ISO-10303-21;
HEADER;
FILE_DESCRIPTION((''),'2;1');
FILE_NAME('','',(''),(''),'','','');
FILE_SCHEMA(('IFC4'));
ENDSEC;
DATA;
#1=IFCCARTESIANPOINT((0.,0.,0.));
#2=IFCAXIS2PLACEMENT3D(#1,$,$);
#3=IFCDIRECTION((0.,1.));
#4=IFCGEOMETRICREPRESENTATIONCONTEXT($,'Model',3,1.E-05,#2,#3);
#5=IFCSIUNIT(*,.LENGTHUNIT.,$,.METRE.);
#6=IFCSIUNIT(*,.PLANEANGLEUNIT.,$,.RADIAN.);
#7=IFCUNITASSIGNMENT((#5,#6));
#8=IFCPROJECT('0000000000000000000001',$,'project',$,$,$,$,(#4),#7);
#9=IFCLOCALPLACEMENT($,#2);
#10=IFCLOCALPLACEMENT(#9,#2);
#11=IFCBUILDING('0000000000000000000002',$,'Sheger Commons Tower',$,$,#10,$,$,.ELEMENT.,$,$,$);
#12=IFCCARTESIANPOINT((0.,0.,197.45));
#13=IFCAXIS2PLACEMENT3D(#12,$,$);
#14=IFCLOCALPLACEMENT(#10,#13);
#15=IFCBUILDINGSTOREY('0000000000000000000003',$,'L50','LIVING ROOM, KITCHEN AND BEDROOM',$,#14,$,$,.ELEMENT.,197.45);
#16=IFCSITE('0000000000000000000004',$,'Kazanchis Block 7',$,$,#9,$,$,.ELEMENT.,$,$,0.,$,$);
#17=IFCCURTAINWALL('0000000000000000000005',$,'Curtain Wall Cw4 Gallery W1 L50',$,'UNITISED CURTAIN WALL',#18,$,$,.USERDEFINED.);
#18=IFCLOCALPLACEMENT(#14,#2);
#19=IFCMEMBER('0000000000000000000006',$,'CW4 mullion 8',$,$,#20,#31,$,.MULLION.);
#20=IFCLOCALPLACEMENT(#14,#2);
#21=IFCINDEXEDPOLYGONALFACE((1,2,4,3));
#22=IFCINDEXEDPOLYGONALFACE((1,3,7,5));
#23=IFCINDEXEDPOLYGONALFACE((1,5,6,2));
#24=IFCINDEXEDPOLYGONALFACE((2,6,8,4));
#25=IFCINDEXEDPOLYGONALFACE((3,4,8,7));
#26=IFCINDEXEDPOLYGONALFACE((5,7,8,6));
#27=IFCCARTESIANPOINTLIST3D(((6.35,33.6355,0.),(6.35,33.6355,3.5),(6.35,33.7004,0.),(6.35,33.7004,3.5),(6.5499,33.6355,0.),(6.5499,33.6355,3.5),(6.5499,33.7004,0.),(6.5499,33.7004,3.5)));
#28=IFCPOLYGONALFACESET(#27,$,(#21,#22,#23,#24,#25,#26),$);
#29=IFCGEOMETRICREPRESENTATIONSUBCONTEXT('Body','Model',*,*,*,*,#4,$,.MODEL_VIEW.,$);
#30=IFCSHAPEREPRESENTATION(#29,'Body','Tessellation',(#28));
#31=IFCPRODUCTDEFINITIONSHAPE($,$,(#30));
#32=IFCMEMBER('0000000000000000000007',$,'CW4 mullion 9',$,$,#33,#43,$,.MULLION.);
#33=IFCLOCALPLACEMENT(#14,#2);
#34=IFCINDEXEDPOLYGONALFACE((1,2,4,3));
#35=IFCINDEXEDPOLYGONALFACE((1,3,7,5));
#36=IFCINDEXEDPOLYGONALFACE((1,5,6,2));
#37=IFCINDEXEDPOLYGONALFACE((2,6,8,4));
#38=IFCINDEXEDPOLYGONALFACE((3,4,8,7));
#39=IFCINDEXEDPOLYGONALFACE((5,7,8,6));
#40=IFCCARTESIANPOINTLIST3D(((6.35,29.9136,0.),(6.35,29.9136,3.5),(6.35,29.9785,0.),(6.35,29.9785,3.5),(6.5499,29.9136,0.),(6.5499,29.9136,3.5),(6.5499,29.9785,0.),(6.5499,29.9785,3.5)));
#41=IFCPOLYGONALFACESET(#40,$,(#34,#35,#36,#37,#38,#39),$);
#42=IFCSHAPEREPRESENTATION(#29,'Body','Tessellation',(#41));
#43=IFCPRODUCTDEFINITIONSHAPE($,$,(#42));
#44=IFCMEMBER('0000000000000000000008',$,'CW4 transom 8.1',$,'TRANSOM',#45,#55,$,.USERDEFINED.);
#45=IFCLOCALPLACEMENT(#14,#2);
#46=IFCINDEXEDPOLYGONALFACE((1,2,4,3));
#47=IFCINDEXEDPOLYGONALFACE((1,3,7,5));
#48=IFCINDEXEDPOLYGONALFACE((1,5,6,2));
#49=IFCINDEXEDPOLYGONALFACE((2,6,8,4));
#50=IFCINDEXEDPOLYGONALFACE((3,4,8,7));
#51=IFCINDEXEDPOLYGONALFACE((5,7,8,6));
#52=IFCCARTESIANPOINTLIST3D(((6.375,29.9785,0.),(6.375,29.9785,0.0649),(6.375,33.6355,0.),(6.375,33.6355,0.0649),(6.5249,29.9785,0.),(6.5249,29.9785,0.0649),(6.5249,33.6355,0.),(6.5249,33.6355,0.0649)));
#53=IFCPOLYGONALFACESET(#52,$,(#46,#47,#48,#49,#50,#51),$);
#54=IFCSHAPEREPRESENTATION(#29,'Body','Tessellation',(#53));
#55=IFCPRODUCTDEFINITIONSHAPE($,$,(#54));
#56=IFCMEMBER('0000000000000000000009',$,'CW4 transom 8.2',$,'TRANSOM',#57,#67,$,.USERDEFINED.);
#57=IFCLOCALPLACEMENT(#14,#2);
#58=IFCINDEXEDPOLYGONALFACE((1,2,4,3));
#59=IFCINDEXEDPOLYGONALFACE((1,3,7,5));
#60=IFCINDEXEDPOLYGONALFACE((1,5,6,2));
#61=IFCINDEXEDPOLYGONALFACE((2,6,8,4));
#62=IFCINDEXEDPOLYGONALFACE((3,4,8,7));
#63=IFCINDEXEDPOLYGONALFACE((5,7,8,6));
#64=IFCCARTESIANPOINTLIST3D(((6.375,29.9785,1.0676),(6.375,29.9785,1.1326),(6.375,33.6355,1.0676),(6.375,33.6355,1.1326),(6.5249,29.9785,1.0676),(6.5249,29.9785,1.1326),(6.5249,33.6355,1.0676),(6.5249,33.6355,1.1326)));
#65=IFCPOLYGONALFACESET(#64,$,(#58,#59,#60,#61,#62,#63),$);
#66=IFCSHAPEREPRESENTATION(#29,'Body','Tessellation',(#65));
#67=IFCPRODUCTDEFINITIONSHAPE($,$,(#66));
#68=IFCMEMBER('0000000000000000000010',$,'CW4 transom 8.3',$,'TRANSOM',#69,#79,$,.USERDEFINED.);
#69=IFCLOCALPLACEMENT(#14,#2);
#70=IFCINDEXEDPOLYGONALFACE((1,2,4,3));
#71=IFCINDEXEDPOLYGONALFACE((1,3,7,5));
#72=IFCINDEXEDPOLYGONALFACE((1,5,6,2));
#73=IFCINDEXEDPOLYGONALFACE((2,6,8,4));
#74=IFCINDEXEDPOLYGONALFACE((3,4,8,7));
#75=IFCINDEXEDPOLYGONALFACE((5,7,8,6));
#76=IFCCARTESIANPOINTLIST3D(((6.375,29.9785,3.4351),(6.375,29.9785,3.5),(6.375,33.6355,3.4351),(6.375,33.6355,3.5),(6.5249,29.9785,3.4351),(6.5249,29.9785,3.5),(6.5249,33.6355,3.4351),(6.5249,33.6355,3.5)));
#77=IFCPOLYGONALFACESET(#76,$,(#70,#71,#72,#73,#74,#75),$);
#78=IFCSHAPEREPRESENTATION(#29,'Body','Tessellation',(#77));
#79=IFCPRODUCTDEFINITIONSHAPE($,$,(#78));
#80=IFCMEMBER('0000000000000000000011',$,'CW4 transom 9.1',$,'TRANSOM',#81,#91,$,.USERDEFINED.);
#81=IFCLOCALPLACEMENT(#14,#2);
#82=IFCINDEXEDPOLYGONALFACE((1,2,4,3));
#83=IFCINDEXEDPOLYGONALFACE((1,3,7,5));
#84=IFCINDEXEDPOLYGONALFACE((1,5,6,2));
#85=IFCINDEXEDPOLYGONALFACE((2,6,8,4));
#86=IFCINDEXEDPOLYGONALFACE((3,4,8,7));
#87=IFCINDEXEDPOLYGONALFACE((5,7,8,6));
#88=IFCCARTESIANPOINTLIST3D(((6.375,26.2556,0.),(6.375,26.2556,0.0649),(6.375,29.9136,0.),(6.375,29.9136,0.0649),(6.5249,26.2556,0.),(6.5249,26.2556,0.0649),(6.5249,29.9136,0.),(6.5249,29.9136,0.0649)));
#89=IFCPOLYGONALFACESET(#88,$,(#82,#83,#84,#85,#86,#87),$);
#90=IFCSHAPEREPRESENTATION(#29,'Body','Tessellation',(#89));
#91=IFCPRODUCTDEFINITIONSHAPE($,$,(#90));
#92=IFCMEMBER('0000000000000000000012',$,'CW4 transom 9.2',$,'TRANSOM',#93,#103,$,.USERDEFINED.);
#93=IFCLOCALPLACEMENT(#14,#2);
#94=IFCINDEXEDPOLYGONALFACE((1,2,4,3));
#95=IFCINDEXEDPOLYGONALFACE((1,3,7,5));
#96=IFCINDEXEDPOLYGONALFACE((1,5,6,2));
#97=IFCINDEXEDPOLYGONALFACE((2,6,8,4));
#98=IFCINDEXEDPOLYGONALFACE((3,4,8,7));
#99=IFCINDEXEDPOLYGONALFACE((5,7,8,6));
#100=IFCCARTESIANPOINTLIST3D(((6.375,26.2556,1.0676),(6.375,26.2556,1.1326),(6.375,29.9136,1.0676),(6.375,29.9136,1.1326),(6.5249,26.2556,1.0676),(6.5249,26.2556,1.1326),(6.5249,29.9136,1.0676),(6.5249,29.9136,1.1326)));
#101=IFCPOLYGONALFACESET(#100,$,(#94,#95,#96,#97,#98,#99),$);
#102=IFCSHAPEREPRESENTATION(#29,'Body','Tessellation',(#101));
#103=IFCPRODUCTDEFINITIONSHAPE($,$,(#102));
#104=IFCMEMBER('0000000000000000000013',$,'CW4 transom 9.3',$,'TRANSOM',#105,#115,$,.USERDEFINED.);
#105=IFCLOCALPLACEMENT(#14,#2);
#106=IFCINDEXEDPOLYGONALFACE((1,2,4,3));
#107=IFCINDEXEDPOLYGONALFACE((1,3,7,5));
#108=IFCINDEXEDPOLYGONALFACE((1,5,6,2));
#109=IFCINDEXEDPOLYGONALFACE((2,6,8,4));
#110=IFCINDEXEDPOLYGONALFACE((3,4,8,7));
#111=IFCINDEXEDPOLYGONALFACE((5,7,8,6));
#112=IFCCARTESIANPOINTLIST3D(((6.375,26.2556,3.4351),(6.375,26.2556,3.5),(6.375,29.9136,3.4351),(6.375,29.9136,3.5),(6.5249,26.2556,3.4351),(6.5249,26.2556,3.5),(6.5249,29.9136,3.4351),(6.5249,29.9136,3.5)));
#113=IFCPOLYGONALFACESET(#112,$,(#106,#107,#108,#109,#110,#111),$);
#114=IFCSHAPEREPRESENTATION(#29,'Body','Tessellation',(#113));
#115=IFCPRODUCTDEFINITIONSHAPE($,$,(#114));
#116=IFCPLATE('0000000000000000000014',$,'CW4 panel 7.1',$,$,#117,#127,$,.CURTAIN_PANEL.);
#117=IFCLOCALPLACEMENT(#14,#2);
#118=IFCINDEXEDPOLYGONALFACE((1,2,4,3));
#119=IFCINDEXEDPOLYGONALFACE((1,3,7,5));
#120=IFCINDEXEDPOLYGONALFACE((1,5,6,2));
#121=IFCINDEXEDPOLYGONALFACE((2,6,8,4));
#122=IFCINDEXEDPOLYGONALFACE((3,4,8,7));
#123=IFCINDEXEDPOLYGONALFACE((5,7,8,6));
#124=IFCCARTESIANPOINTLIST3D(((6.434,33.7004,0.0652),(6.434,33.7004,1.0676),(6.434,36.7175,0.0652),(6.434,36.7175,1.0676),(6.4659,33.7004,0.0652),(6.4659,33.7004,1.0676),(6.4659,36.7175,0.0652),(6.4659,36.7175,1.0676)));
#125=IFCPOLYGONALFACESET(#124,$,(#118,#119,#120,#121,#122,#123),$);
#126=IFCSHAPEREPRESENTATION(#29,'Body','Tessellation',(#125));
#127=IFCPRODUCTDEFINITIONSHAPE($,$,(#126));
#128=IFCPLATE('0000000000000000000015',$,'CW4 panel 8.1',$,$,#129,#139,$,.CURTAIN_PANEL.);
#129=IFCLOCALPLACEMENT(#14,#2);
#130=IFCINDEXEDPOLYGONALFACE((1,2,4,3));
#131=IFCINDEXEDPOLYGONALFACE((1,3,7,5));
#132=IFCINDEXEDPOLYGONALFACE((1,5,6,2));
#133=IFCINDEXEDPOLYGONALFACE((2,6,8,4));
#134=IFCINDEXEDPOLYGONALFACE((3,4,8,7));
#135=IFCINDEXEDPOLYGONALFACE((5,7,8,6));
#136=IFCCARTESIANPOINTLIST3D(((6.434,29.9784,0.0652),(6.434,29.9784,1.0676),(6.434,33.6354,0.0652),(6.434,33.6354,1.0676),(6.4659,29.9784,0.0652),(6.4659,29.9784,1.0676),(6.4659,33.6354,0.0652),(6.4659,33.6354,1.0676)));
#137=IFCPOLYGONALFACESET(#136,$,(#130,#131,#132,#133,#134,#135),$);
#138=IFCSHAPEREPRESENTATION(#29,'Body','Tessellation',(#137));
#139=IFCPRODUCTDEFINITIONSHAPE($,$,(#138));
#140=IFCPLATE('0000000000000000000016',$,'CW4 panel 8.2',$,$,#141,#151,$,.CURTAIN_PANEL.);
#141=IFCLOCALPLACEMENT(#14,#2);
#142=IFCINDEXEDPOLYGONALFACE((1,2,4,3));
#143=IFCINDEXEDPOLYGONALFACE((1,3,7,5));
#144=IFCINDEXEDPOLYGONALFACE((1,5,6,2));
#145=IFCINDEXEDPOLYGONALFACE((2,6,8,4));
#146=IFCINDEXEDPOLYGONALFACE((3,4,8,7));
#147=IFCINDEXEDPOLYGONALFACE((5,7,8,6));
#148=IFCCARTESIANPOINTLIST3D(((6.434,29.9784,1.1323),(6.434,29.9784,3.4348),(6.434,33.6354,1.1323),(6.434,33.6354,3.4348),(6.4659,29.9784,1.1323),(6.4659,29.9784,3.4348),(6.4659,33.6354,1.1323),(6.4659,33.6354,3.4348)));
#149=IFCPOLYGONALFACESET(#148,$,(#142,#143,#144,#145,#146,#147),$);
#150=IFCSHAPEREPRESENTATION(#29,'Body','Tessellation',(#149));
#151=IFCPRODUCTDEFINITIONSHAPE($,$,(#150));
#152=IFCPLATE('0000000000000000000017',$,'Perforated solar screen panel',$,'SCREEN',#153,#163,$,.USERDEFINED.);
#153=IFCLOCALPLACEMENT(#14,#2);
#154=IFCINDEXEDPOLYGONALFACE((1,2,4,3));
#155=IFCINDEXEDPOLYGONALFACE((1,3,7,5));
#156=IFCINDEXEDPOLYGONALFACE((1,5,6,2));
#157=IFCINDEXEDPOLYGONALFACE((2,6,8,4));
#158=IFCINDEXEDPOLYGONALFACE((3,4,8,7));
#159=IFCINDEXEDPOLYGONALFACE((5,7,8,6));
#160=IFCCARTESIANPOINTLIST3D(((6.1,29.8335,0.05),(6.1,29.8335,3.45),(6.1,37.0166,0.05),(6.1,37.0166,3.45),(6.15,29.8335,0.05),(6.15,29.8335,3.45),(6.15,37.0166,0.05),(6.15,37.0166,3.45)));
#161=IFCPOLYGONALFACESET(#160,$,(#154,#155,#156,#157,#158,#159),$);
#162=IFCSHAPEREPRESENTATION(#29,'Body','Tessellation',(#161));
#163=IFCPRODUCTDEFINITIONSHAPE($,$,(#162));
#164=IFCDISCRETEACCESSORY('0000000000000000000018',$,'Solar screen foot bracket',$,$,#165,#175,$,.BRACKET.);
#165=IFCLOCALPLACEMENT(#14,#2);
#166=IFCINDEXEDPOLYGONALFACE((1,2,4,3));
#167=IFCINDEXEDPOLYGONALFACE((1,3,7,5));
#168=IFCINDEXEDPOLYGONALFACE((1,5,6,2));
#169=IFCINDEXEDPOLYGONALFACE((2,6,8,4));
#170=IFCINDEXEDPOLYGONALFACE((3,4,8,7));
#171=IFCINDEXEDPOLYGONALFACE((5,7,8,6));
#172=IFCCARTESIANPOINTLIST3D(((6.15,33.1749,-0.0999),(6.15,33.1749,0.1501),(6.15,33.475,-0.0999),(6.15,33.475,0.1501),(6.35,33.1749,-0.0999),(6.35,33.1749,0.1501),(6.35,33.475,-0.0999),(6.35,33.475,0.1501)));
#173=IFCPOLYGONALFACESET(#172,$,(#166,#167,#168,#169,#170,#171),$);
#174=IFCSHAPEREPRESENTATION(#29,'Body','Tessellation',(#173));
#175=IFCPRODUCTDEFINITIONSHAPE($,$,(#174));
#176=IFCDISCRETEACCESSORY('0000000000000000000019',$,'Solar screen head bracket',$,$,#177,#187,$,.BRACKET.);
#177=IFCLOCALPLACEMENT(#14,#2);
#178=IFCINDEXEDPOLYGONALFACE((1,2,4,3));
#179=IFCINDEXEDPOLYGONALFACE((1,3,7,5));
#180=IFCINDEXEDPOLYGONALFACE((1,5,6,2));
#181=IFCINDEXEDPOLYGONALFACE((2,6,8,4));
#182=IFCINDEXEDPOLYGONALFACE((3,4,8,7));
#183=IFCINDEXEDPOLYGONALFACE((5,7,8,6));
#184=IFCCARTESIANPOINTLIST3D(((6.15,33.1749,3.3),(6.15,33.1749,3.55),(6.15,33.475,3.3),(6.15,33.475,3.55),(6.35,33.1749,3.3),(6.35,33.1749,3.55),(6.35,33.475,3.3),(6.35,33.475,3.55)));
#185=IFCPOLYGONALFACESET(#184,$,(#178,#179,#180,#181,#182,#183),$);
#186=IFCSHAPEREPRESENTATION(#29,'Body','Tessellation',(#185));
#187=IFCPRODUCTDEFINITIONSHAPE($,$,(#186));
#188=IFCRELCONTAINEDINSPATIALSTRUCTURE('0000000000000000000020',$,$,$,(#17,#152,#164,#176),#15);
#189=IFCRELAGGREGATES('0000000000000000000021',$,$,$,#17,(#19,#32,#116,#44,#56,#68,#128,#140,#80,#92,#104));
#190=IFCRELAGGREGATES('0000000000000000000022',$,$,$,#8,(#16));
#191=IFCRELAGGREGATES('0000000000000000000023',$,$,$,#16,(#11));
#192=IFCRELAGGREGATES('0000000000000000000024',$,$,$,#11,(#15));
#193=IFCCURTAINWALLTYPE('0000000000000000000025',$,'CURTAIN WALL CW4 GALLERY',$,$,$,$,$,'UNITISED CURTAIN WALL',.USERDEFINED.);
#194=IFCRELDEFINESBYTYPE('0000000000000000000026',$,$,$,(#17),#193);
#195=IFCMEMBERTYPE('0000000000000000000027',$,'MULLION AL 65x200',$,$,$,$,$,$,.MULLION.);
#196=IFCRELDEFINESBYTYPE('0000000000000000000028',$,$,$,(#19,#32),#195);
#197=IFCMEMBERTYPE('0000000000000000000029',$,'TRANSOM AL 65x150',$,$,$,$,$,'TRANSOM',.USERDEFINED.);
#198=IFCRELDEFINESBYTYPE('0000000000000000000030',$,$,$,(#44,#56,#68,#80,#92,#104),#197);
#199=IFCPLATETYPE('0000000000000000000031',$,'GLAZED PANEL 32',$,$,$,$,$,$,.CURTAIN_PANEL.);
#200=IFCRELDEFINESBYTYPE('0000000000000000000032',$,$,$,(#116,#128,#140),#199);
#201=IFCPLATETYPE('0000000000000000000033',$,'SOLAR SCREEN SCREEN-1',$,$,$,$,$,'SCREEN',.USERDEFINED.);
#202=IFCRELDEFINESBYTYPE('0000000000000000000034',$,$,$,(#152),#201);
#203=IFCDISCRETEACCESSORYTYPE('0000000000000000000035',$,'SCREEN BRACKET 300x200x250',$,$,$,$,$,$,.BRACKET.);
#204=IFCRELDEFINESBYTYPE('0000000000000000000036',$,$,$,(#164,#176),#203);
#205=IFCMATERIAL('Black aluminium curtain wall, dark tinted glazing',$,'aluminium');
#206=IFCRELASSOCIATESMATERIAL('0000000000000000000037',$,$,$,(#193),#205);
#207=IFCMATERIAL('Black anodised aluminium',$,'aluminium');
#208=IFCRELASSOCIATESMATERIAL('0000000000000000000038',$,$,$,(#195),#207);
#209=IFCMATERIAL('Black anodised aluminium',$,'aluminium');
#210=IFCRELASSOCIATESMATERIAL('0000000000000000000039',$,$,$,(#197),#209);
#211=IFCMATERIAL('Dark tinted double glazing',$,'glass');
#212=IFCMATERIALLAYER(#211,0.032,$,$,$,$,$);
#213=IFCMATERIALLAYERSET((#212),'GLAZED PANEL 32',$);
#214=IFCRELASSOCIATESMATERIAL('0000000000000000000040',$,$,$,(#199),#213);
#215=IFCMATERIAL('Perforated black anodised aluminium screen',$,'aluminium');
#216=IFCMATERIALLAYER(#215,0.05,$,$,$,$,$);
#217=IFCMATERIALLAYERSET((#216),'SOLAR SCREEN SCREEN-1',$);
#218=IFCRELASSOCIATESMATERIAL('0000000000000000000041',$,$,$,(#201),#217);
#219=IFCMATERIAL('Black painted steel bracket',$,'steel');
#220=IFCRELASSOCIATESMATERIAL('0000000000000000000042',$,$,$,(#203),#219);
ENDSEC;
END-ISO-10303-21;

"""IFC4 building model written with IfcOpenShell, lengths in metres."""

from ifc_helpers import new_model, si_unit, direction, frame, origin, origin_2d, place, context, subcontext, project, spatial, rectangle, extrude, material, layer, layer_set, material_profile, profile_set, type_object, element, aggregate, save


model = new_model("IFC4")

# Units and contexts
model_context = context("Model", 3, precision=1e-05, world=origin(), true_north=direction((0.0, 1.0)))
body_context = subcontext(model_context, "Body", "Model", "MODEL_VIEW")
ifc_project = project(units=[si_unit("LENGTHUNIT", "METRE"), si_unit("PLANEANGLEUNIT", "RADIAN")], contexts=[model_context])

# Site, building, storey
site_placement = place(None, origin())
site = spatial("IfcSite", under=ifc_project, at=site_placement, Name="Kazanchis Block 7", CompositionType="ELEMENT", RefElevation=0.0)
building_placement = place(site_placement, origin())
building = spatial("IfcBuilding", under=site, at=building_placement, Name="Sheger Commons Tower", CompositionType="ELEMENT")
storey_placement = place(building_placement, frame((0.0, 0.0, 197.45)))
storey = spatial("IfcBuildingStorey", under=building, at=storey_placement, Name="L50", Description="LIVING ROOM, KITCHEN AND BEDROOM", CompositionType="ELEMENT", Elevation=197.45)

# Curtain wall, members, plates
ifc_material_1 = material(Name="Black aluminium curtain wall, dark tinted glazing", Category="aluminium")
curtain_wall_type = type_object("IfcCurtainWallType", Name="CURTAIN WALL CW4 GALLERY", ElementType="UNITISED CURTAIN WALL", PredefinedType="USERDEFINED", material=ifc_material_1)
curtain_wall_placement = place(storey_placement, origin())
curtain_wall = element("IfcCurtainWall", 1, at=curtain_wall_placement, inside=storey, type_object=curtain_wall_type, Name="Curtain Wall Cw4 Gallery W1 L50", ObjectType="UNITISED CURTAIN WALL", PredefinedType="USERDEFINED")
ifc_material_2 = material(Name="Black anodised aluminium", Category="aluminium")
ifc_material_profile_1 = material_profile(ifc_material_2, rectangle(XDim=0.2, YDim=0.0649, at=origin_2d()), Name="AL 65x200")
ifc_profile_set_1 = profile_set([ifc_material_profile_1], Name="Black anodised aluminium")
member_type_1 = type_object("IfcMemberType", Name="MULLION AL 65x200", PredefinedType="MULLION", material=ifc_profile_set_1)
member_1_placement = place(storey_placement, frame((6.45, 33.668, 0.0), z_axis=(0.0, 0.0, 1.0), x_axis=(1.0, 0.0, 0.0)))
member_1 = element("IfcMember", 2, at=member_1_placement, type_object=member_type_1, Name="CW4 mullion 8", PredefinedType="MULLION", context=body_context, shape_type="SweptSolid", body=[
    extrude(rectangle(XDim=0.2, YDim=0.0649, at=origin_2d()), origin(), (0.0, 0.0, 1.0), 3.5),
])
member_2_placement = place(storey_placement, frame((6.45, 29.946, 0.0), z_axis=(0.0, 0.0, 1.0), x_axis=(1.0, 0.0, 0.0)))
member_2 = element("IfcMember", 3, at=member_2_placement, type_object=member_type_1, Name="CW4 mullion 9", PredefinedType="MULLION", context=body_context, shape_type="SweptSolid", body=[
    extrude(rectangle(XDim=0.2, YDim=0.0649, at=origin_2d()), origin(), (0.0, 0.0, 1.0), 3.5),
])
ifc_material_3 = material(Name="Black anodised aluminium", Category="aluminium")
ifc_material_profile_2 = material_profile(ifc_material_3, rectangle(XDim=0.1499, YDim=0.0649, at=origin_2d()), Name="AL 65x150")
ifc_profile_set_2 = profile_set([ifc_material_profile_2], Name="Black anodised aluminium")
member_type_2 = type_object("IfcMemberType", Name="TRANSOM AL 65x150", ElementType="TRANSOM", PredefinedType="USERDEFINED", material=ifc_profile_set_2)
member_3_placement = place(storey_placement, frame((6.45, 33.6355, 0.0325), z_axis=(0.0, -1.0, 0.0), x_axis=(1.0, 0.0, 0.0)))
member_3 = element("IfcMember", 4, at=member_3_placement, type_object=member_type_2, Name="CW4 transom 8.1", ObjectType="TRANSOM", PredefinedType="USERDEFINED", context=body_context, shape_type="SweptSolid", body=[
    extrude(rectangle(XDim=0.1499, YDim=0.0649, at=origin_2d()), origin(), (0.0, 0.0, 1.0), 3.657),
])
member_4_placement = place(storey_placement, frame((6.45, 33.6355, 1.1001), z_axis=(0.0, -1.0, 0.0), x_axis=(1.0, 0.0, 0.0)))
member_4 = element("IfcMember", 5, at=member_4_placement, type_object=member_type_2, Name="CW4 transom 8.2", ObjectType="TRANSOM", PredefinedType="USERDEFINED", context=body_context, shape_type="SweptSolid", body=[
    extrude(rectangle(XDim=0.1499, YDim=0.0649, at=origin_2d()), origin(), (0.0, 0.0, 1.0), 3.657),
])
member_5_placement = place(storey_placement, frame((6.45, 33.6355, 3.4675), z_axis=(0.0, -1.0, 0.0), x_axis=(1.0, 0.0, 0.0)))
member_5 = element("IfcMember", 6, at=member_5_placement, type_object=member_type_2, Name="CW4 transom 8.3", ObjectType="TRANSOM", PredefinedType="USERDEFINED", context=body_context, shape_type="SweptSolid", body=[
    extrude(rectangle(XDim=0.1499, YDim=0.0649, at=origin_2d()), origin(), (0.0, 0.0, 1.0), 3.657),
])
member_6_placement = place(storey_placement, frame((6.45, 29.9136, 0.0325), z_axis=(0.0, -1.0, 0.0), x_axis=(1.0, 0.0, 0.0)))
member_6 = element("IfcMember", 7, at=member_6_placement, type_object=member_type_2, Name="CW4 transom 9.1", ObjectType="TRANSOM", PredefinedType="USERDEFINED", context=body_context, shape_type="SweptSolid", body=[
    extrude(rectangle(XDim=0.1499, YDim=0.0649, at=origin_2d()), origin(), (0.0, 0.0, 1.0), 3.658),
])
member_7_placement = place(storey_placement, frame((6.45, 29.9136, 1.1001), z_axis=(0.0, -1.0, 0.0), x_axis=(1.0, 0.0, 0.0)))
member_7 = element("IfcMember", 8, at=member_7_placement, type_object=member_type_2, Name="CW4 transom 9.2", ObjectType="TRANSOM", PredefinedType="USERDEFINED", context=body_context, shape_type="SweptSolid", body=[
    extrude(rectangle(XDim=0.1499, YDim=0.0649, at=origin_2d()), origin(), (0.0, 0.0, 1.0), 3.658),
])
member_8_placement = place(storey_placement, frame((6.45, 29.9136, 3.4675), z_axis=(0.0, -1.0, 0.0), x_axis=(1.0, 0.0, 0.0)))
member_8 = element("IfcMember", 9, at=member_8_placement, type_object=member_type_2, Name="CW4 transom 9.3", ObjectType="TRANSOM", PredefinedType="USERDEFINED", context=body_context, shape_type="SweptSolid", body=[
    extrude(rectangle(XDim=0.1499, YDim=0.0649, at=origin_2d()), origin(), (0.0, 0.0, 1.0), 3.658),
])
ifc_material_4 = material(Name="Dark tinted double glazing", Category="glass")
ifc_layer_1 = layer(ifc_material_4, 0.032)
ifc_layer_set_1 = layer_set([ifc_layer_1], Name="GLAZED PANEL 32")
plate_type_1 = type_object("IfcPlateType", Name="GLAZED PANEL 32", PredefinedType="CURTAIN_PANEL", material=ifc_layer_set_1)
plate_1_placement = place(storey_placement, frame((6.45, 35.209, 0.0652), z_axis=(0.0, 0.0, 1.0), x_axis=(0.0, -1.0, 0.0)))
plate_1 = element("IfcPlate", 10, at=plate_1_placement, type_object=plate_type_1, Name="CW4 panel 7.1", PredefinedType="CURTAIN_PANEL", context=body_context, shape_type="SweptSolid", body=[
    extrude(rectangle(XDim=3.0171, YDim=0.032, at=origin_2d()), origin(), (0.0, 0.0, 1.0), 1.0024),
])
plate_2_placement = place(storey_placement, frame((6.45, 31.8069, 0.0652), z_axis=(0.0, 0.0, 1.0), x_axis=(0.0, -1.0, 0.0)))
plate_2 = element("IfcPlate", 11, at=plate_2_placement, type_object=plate_type_1, Name="CW4 panel 8.1", PredefinedType="CURTAIN_PANEL", context=body_context, shape_type="SweptSolid", body=[
    extrude(rectangle(XDim=3.657, YDim=0.032, at=origin_2d()), origin(), (0.0, 0.0, 1.0), 1.0024),
])
plate_3_placement = place(storey_placement, frame((6.45, 31.8069, 1.1323), z_axis=(0.0, 0.0, 1.0), x_axis=(0.0, -1.0, 0.0)))
plate_3 = element("IfcPlate", 12, at=plate_3_placement, type_object=plate_type_1, Name="CW4 panel 8.2", PredefinedType="CURTAIN_PANEL", context=body_context, shape_type="SweptSolid", body=[
    extrude(rectangle(XDim=3.657, YDim=0.032, at=origin_2d()), origin(), (0.0, 0.0, 1.0), 2.3025),
])
aggregate(curtain_wall, [member_1, member_2, plate_1, member_3, member_4, member_5, plate_2, plate_3, member_6, member_7, member_8])

# Plate
ifc_material_5 = material(Name="Perforated black anodised aluminium screen", Category="aluminium")
ifc_layer_2 = layer(ifc_material_5, 0.05)
ifc_layer_set_2 = layer_set([ifc_layer_2], Name="SOLAR SCREEN SCREEN-1")
plate_type_2 = type_object("IfcPlateType", Name="SOLAR SCREEN SCREEN-1", ElementType="SCREEN", PredefinedType="USERDEFINED", material=ifc_layer_set_2)
plate_4_placement = place(storey_placement, frame((6.125, 33.425, 0.05), z_axis=(0.0, 0.0, 1.0), x_axis=(0.0, -1.0, 0.0)))
element("IfcPlate", 13, at=plate_4_placement, inside=storey, type_object=plate_type_2, Name="Perforated solar screen panel", ObjectType="SCREEN", PredefinedType="USERDEFINED", context=body_context, shape_type="SweptSolid", body=[
    extrude(rectangle(XDim=7.1831, YDim=0.05, at=origin_2d()), origin(), (0.0, 0.0, 1.0), 3.3999),
])

# Discrete accessories
ifc_material_6 = material(Name="Black painted steel bracket", Category="steel")
discrete_accessory_type = type_object("IfcDiscreteAccessoryType", Name="SCREEN BRACKET 300x200x250", PredefinedType="BRACKET", material=ifc_material_6)
for number, where, z_axis, x_axis, name in (
    (14, (6.25, 33.325, -0.0999), (0.0, 0.0, 1.0), (0.0, -1.0, 0.0), "Solar screen foot bracket"),
    (15, (6.25, 33.325, 3.3), (0.0, 0.0, 1.0), (0.0, -1.0, 0.0), "Solar screen head bracket"),
):
    element("IfcDiscreteAccessory", number, at=place(storey_placement, frame(where, z_axis=z_axis, x_axis=x_axis)), inside=storey, type_object=discrete_accessory_type, Name=name, PredefinedType="BRACKET", context=body_context, shape_type="SweptSolid", body=[
        extrude(rectangle(XDim=0.3, YDim=0.2, at=origin_2d()), origin(), (0.0, 0.0, 1.0), 0.25),
    ])

save(model, "model.ifc")
